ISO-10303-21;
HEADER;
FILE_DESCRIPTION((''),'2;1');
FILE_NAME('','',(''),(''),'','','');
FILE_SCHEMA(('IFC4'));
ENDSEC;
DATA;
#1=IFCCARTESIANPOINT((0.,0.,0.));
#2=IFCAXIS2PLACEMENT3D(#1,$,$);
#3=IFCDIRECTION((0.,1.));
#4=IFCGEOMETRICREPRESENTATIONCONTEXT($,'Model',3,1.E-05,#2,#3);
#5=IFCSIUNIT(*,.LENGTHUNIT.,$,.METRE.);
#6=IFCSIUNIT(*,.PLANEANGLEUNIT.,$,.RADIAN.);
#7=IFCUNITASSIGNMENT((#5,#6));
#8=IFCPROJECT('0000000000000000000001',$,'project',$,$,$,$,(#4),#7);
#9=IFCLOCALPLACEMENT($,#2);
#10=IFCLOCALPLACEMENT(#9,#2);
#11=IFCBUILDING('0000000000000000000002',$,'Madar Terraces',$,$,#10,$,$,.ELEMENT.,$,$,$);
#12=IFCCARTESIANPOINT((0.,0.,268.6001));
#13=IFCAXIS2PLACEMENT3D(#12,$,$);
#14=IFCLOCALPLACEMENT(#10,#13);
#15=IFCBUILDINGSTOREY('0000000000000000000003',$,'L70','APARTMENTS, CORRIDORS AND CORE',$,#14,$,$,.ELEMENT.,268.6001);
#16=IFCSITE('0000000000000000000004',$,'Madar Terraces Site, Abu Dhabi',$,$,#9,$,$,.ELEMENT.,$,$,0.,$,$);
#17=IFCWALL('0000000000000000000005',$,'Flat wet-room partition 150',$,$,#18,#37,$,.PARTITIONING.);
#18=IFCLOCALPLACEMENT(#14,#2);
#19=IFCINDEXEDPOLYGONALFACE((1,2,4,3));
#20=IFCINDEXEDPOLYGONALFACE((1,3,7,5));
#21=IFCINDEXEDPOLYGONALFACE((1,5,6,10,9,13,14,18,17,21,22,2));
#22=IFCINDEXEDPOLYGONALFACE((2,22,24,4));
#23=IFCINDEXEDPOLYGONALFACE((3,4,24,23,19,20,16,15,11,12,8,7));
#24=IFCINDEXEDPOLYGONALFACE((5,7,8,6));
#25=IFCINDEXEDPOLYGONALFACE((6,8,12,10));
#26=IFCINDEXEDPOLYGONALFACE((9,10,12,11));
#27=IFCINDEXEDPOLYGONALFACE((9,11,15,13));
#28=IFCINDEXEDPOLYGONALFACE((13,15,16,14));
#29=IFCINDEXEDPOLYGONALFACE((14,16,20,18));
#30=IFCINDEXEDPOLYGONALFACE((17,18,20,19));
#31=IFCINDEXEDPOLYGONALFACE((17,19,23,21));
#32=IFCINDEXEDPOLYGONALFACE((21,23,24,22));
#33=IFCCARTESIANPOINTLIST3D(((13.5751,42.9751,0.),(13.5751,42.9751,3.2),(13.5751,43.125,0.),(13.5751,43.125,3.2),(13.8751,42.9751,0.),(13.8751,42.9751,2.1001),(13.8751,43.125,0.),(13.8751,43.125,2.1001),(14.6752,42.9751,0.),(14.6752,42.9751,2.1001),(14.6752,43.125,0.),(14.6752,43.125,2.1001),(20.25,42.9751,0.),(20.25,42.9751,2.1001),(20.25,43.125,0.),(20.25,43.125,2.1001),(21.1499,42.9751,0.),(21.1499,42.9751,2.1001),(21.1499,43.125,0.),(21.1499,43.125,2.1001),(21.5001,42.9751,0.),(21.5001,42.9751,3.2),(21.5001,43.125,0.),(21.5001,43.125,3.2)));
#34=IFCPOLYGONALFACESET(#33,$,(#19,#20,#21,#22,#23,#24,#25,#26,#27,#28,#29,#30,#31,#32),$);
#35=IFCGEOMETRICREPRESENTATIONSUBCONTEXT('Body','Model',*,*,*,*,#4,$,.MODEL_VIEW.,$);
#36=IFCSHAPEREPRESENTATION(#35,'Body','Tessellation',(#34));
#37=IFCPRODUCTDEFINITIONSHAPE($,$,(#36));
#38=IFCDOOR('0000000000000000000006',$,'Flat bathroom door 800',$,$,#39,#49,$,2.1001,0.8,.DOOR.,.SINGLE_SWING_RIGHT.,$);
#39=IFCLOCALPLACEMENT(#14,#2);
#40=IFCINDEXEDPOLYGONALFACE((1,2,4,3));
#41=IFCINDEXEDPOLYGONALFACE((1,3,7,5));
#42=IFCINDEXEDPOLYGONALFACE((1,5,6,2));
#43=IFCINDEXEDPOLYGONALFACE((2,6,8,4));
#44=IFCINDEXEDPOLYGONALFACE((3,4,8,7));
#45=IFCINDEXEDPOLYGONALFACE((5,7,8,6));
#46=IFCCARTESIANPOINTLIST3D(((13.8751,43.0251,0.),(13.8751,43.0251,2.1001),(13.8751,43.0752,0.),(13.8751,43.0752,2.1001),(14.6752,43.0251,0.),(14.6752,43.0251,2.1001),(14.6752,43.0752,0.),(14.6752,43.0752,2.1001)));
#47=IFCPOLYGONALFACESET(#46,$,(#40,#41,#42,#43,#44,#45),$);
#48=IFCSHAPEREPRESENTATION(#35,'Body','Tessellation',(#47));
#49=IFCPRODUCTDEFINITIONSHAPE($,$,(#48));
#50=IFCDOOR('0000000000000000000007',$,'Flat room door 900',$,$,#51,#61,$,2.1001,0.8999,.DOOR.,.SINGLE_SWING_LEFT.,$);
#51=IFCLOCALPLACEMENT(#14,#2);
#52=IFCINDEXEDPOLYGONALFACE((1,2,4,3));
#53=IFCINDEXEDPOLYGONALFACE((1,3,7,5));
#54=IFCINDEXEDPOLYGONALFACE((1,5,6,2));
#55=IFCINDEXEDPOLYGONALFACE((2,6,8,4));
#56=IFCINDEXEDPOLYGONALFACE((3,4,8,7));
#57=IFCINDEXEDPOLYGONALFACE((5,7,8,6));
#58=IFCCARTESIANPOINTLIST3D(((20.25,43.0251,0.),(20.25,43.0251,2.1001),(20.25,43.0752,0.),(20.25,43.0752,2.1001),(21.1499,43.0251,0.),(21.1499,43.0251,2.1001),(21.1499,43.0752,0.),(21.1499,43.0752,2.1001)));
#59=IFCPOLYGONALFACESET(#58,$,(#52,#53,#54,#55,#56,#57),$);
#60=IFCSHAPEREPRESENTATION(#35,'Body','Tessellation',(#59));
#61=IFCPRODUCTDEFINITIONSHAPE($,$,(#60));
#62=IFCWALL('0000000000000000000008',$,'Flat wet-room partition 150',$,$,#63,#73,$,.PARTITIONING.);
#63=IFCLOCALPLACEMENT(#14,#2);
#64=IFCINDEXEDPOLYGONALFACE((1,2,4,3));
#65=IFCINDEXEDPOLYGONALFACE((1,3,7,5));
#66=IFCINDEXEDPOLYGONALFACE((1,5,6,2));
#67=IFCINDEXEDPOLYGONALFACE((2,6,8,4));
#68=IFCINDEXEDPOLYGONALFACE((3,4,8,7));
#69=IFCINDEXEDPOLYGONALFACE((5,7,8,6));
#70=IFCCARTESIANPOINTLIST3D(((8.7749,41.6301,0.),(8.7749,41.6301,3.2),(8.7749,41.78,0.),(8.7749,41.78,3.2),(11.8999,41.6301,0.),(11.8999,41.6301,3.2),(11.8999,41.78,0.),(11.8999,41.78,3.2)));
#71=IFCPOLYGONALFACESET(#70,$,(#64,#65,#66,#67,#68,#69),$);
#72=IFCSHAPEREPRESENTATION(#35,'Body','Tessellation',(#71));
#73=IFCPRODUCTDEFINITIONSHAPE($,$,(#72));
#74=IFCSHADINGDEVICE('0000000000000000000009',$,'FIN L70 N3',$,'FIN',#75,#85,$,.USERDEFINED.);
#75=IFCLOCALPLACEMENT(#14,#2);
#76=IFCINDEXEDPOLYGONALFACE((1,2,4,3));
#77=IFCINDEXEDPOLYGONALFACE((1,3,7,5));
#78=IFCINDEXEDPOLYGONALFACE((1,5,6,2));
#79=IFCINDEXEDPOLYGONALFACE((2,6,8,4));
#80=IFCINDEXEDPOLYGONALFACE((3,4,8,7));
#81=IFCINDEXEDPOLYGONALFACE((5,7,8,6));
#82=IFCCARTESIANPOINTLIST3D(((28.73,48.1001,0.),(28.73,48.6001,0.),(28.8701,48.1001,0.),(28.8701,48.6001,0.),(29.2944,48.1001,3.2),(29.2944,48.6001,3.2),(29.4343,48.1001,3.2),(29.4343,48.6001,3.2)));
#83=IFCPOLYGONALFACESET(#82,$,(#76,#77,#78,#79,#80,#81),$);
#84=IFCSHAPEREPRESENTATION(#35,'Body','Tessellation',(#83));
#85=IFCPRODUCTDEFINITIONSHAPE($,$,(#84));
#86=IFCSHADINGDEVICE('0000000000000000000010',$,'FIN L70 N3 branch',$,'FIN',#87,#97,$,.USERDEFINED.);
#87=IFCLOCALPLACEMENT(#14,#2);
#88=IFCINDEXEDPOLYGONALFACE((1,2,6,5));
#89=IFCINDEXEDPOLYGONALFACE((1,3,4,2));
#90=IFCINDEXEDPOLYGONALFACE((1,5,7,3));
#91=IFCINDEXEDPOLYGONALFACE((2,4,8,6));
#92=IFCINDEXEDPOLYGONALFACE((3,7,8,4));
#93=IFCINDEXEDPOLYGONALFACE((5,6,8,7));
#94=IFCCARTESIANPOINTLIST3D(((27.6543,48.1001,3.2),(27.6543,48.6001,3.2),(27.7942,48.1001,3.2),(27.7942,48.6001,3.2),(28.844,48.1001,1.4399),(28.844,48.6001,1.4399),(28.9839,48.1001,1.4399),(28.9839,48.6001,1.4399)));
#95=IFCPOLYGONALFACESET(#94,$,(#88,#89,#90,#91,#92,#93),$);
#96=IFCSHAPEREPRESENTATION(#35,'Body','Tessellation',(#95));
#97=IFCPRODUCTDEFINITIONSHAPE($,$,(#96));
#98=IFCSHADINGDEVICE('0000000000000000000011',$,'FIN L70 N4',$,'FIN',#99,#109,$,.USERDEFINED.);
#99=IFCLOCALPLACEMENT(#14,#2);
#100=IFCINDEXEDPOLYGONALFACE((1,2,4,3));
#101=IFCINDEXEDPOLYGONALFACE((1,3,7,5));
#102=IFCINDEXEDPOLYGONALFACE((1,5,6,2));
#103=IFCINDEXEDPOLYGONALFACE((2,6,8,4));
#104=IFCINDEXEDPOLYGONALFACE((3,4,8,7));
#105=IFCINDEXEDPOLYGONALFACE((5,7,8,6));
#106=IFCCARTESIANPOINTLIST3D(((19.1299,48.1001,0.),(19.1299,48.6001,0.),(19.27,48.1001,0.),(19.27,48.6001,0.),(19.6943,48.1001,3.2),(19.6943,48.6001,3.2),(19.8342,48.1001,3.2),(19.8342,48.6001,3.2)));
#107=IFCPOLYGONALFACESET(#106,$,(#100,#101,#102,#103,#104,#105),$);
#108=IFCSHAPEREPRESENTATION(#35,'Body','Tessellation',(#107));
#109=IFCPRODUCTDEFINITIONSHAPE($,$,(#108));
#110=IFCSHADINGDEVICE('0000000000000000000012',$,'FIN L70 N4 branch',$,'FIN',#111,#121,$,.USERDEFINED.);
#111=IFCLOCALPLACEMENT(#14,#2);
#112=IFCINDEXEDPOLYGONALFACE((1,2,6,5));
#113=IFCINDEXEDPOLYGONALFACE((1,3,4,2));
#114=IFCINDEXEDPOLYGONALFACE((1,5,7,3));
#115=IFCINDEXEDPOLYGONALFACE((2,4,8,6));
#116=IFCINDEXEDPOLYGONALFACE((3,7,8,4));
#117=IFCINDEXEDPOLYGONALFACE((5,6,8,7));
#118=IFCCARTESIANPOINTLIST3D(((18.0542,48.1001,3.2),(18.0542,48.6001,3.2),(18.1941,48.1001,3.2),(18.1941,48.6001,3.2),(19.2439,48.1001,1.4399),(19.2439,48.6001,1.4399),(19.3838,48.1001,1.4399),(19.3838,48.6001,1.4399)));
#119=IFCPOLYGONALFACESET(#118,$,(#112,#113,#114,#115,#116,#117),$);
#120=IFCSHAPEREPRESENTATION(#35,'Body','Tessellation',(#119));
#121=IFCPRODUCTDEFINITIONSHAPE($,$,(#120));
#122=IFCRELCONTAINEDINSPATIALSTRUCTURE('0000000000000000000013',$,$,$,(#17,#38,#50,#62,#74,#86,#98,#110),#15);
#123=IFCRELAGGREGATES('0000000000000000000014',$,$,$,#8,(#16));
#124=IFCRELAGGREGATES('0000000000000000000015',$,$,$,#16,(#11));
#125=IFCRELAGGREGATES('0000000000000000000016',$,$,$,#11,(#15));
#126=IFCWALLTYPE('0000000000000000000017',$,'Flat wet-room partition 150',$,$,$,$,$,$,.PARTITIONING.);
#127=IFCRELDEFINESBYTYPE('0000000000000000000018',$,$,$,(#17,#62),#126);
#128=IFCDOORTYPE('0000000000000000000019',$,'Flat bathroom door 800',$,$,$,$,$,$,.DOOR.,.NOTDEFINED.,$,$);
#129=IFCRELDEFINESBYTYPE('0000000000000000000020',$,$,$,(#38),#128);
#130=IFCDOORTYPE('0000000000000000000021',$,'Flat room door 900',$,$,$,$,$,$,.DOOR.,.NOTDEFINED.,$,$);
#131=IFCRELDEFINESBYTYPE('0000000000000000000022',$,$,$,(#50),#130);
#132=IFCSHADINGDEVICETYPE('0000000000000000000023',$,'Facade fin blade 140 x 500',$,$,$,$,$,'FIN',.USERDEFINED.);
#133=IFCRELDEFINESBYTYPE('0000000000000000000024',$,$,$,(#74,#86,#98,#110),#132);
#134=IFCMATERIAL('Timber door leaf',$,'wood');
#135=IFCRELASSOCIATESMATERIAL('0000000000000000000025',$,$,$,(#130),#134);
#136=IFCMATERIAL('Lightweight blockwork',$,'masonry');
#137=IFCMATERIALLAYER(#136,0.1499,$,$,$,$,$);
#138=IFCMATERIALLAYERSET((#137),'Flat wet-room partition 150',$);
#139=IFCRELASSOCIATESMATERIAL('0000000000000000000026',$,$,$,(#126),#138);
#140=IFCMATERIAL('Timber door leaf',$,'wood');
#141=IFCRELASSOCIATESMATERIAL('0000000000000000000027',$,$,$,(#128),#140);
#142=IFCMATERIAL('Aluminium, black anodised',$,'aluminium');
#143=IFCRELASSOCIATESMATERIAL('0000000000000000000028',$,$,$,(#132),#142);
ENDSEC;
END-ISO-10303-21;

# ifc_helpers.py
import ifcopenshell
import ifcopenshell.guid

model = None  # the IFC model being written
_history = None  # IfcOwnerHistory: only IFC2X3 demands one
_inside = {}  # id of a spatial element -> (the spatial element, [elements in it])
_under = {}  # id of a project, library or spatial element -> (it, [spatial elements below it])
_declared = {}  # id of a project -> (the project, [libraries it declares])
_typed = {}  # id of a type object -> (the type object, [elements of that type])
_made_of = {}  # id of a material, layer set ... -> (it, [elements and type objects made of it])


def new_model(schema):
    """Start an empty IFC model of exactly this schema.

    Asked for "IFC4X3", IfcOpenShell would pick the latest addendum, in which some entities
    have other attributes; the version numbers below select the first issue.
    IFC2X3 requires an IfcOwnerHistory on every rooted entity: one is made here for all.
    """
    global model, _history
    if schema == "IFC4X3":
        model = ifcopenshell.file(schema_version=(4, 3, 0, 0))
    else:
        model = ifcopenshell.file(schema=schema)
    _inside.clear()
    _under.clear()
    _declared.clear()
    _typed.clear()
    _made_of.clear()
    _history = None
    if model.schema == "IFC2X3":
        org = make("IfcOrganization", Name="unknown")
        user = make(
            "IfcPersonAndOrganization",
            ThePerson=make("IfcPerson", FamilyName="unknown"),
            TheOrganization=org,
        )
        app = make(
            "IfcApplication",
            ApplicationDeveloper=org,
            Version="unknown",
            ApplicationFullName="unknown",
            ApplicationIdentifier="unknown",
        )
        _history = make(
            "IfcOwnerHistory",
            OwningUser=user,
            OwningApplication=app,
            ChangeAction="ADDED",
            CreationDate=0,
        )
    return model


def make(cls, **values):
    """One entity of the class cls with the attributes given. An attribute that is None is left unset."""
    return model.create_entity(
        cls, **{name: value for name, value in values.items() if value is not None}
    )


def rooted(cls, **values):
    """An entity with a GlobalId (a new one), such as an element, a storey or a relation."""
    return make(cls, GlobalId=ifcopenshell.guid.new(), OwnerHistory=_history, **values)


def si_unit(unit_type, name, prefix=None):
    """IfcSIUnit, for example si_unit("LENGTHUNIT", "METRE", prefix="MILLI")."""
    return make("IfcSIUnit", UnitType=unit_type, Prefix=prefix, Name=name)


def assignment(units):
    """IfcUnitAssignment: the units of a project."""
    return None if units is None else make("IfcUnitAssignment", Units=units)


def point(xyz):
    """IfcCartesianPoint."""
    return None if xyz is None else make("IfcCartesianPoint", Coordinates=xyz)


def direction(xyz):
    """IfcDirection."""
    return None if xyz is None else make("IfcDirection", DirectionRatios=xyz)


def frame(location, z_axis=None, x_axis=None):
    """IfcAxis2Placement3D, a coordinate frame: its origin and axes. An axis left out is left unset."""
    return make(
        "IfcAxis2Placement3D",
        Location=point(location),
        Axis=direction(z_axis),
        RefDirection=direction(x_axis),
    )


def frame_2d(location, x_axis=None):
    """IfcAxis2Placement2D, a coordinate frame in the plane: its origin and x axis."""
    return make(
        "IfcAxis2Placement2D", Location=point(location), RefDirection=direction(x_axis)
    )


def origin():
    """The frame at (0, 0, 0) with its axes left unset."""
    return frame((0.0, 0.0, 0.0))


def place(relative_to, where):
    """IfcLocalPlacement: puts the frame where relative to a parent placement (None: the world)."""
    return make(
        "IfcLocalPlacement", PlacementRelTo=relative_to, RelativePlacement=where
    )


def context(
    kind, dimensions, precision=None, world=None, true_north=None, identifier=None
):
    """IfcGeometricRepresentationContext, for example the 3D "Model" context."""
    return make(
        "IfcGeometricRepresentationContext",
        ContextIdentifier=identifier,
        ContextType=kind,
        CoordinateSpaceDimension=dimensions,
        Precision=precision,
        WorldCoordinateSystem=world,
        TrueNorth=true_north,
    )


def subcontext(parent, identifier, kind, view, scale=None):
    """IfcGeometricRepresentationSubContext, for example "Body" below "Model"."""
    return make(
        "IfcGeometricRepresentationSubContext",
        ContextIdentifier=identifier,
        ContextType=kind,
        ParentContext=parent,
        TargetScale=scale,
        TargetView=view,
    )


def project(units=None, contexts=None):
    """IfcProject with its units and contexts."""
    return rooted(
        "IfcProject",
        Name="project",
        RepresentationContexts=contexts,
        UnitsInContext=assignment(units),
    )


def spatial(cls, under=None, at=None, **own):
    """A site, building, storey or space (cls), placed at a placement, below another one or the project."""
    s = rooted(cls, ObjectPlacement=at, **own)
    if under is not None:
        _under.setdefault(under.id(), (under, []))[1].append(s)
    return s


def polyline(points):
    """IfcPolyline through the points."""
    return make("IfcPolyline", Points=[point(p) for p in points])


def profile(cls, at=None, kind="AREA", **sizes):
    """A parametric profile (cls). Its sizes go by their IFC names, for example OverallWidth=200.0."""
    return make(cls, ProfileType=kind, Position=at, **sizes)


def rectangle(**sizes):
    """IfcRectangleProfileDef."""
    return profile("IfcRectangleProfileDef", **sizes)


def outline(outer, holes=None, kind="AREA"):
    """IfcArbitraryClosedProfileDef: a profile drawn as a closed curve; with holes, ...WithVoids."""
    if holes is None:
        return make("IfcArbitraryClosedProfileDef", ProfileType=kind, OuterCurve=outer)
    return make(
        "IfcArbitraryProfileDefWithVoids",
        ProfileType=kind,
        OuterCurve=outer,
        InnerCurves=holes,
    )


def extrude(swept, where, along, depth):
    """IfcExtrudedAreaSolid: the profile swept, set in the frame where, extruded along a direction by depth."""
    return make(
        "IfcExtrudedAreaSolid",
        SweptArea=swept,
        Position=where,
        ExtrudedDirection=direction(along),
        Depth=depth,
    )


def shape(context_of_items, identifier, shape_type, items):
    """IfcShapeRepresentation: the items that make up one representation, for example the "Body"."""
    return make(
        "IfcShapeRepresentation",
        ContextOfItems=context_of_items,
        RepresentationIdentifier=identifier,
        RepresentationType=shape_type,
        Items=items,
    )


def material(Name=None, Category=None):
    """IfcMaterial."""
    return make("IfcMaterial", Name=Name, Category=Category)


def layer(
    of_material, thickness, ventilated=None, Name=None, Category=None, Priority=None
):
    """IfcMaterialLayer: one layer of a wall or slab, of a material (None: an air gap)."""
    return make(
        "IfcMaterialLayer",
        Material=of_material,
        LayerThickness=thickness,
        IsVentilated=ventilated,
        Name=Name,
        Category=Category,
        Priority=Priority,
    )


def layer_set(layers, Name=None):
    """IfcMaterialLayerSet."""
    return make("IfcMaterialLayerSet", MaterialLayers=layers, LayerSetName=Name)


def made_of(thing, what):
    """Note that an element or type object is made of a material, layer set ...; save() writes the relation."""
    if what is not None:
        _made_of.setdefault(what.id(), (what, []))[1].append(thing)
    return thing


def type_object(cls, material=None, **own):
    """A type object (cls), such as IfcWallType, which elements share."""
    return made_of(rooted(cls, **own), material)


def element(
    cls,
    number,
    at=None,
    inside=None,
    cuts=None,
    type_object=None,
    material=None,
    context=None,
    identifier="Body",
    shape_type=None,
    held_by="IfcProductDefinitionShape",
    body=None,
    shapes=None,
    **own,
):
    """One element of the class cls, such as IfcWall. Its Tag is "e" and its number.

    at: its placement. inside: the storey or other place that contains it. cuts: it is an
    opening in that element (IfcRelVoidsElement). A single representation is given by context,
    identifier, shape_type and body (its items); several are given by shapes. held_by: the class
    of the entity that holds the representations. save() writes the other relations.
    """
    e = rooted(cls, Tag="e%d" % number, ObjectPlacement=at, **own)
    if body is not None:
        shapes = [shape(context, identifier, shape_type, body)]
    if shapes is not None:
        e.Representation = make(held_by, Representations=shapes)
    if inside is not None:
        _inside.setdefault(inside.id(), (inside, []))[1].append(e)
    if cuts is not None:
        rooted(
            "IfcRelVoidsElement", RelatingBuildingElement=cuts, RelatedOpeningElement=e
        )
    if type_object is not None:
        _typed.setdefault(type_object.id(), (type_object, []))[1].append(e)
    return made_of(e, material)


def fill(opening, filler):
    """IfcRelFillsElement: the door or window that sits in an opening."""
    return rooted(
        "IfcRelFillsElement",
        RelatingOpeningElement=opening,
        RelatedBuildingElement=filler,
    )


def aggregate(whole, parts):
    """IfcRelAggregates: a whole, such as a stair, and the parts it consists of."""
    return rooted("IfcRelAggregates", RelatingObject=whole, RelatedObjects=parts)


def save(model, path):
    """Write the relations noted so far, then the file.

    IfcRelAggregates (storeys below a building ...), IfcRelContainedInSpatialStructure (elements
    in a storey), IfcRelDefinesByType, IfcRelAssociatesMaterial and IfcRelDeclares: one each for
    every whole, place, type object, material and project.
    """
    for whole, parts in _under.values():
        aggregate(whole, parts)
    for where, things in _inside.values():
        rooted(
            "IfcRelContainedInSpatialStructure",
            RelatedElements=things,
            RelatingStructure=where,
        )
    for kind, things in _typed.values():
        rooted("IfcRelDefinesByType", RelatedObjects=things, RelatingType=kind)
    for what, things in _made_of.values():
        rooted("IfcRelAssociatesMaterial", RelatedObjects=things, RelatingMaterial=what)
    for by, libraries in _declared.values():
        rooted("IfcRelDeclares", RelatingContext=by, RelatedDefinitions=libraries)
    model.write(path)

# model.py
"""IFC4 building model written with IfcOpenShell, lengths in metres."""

from ifc_helpers import new_model, si_unit, direction, frame, frame_2d, origin, place, context, subcontext, project, spatial, polyline, rectangle, outline, extrude, material, layer, layer_set, type_object, element, fill, save


model = new_model("IFC4")

# Units and contexts
model_context = context("Model", 3, precision=1e-05, world=origin(), true_north=direction((0.0, 1.0)))
body_context = subcontext(model_context, "Body", "Model", "MODEL_VIEW")
ifc_project = project(units=[si_unit("LENGTHUNIT", "METRE"), si_unit("PLANEANGLEUNIT", "RADIAN")], contexts=[model_context])

# Site, building, storey
site_placement = place(None, origin())
site = spatial("IfcSite", under=ifc_project, at=site_placement, Name="Madar Terraces Site, Abu Dhabi", CompositionType="ELEMENT", RefElevation=0.0)
building_placement = place(site_placement, origin())
building = spatial("IfcBuilding", under=site, at=building_placement, Name="Madar Terraces", CompositionType="ELEMENT")
storey_placement = place(building_placement, frame((0.0, 0.0, 268.6001)))
storey = spatial("IfcBuildingStorey", under=building, at=storey_placement, Name="L70", Description="APARTMENTS, CORRIDORS AND CORE", CompositionType="ELEMENT", Elevation=268.6001)

# Shared definitions
ifc_material_1 = material(Name="Timber door leaf", Category="wood")
door_type_1 = type_object("IfcDoorType", Name="Flat room door 900", OperationType="NOTDEFINED", PredefinedType="DOOR", material=ifc_material_1)

# Wall, openings, doors
ifc_material_2 = material(Name="Lightweight blockwork", Category="masonry")
ifc_layer_1 = layer(ifc_material_2, 0.1499)
ifc_layer_set_1 = layer_set([ifc_layer_1], Name="Flat wet-room partition 150")
wall_type_1 = type_object("IfcWallType", Name="Flat wet-room partition 150", PredefinedType="PARTITIONING", material=ifc_layer_set_1)
wall_1_placement = place(storey_placement, frame((21.5, 43.05, 0.0), z_axis=(0.0, 0.0, 1.0), x_axis=(-1.0, 0.0, 0.0)))
wall_1 = element("IfcWall", 1, at=wall_1_placement, inside=storey, type_object=wall_type_1, Name="Flat wet-room partition 150", PredefinedType="PARTITIONING", context=body_context, shape_type="SweptSolid", body=[
    extrude(rectangle(XDim=7.925, YDim=0.1499, at=frame_2d((3.9624, 0.0))), origin(), (0.0, 0.0, 1.0), 3.2),
])
opening_1_placement = place(wall_1_placement, frame((6.825, 0.0, 0.0)))
opening_1 = element("IfcOpeningElement", 2, at=opening_1_placement, cuts=wall_1, PredefinedType="OPENING", context=body_context, shape_type="SweptSolid", body=[
    extrude(rectangle(XDim=0.8, YDim=2.1001, at=frame_2d((0.3999, 1.05))), frame((0.0, 0.085, 0.0), z_axis=(0.0, -1.0, 0.0), x_axis=(1.0, 0.0, 0.0)), (0.0, 0.0, 1.0), 0.1699),
])
opening_2_placement = place(wall_1_placement, frame((0.3501, 0.0, 0.0)))
opening_2 = element("IfcOpeningElement", 3, at=opening_2_placement, cuts=wall_1, PredefinedType="OPENING", context=body_context, shape_type="SweptSolid", body=[
    extrude(rectangle(XDim=0.8999, YDim=2.1001, at=frame_2d((0.45, 1.05))), frame((0.0, 0.085, 0.0), z_axis=(0.0, -1.0, 0.0), x_axis=(1.0, 0.0, 0.0)), (0.0, 0.0, 1.0), 0.1699),
])
ifc_material_3 = material(Name="Timber door leaf", Category="wood")
door_type_2 = type_object("IfcDoorType", Name="Flat bathroom door 800", OperationType="NOTDEFINED", PredefinedType="DOOR", material=ifc_material_3)
door_1_placement = place(opening_1_placement, origin())
door_1 = element("IfcDoor", 4, at=door_1_placement, inside=storey, type_object=door_type_2, Name="Flat bathroom door 800", OperationType="SINGLE_SWING_RIGHT", OverallHeight=2.1001, OverallWidth=0.8, PredefinedType="DOOR", context=body_context, shape_type="SweptSolid", body=[
    extrude(rectangle(XDim=0.8, YDim=2.1001, at=frame_2d((0.3999, 1.05))), frame((0.0, 0.0249, 0.0), z_axis=(0.0, -1.0, 0.0), x_axis=(1.0, 0.0, 0.0)), (0.0, 0.0, 1.0), 0.05),
])
fill(opening_1, door_1)
door_2_placement = place(opening_2_placement, origin())
door_2 = element("IfcDoor", 5, at=door_2_placement, inside=storey, type_object=door_type_1, Name="Flat room door 900", OperationType="SINGLE_SWING_LEFT", OverallHeight=2.1001, OverallWidth=0.8999, PredefinedType="DOOR", context=body_context, shape_type="SweptSolid", body=[
    extrude(rectangle(XDim=0.8999, YDim=2.1001, at=frame_2d((0.45, 1.05))), frame((0.0, 0.0249, 0.0), z_axis=(0.0, -1.0, 0.0), x_axis=(1.0, 0.0, 0.0)), (0.0, 0.0, 1.0), 0.05),
])
fill(opening_2, door_2)

# Wall
wall_2_placement = place(storey_placement, frame((11.8999, 41.7051, 0.0), z_axis=(0.0, 0.0, 1.0), x_axis=(-1.0, 0.0, 0.0)))
element("IfcWall", 6, at=wall_2_placement, inside=storey, type_object=wall_type_1, Name="Flat wet-room partition 150", PredefinedType="PARTITIONING", context=body_context, shape_type="SweptSolid", body=[
    extrude(rectangle(XDim=3.125, YDim=0.1499, at=frame_2d((1.5625, 0.0))), origin(), (0.0, 0.0, 1.0), 3.2),
])

# Shading devices
ifc_material_4 = material(Name="Aluminium, black anodised", Category="aluminium")
shading_device_type = type_object("IfcShadingDeviceType", Name="Facade fin blade 140 x 500", ElementType="FIN", PredefinedType="USERDEFINED", material=ifc_material_4)
shading_device_1_placement = place(storey_placement, frame((28.8701, 48.3501, 0.0), z_axis=(0.0, 0.0, 1.0), x_axis=(-1.0, 0.0, 0.0)))
element("IfcShadingDevice", 7, at=shading_device_1_placement, inside=storey, type_object=shading_device_type, Name="FIN L70 N3", ObjectType="FIN", PredefinedType="USERDEFINED", context=body_context, shape_type="SweptSolid", body=[
    extrude(outline(polyline([(0.0, 0.0), (0.1401, 0.0), (-0.4243, 3.2), (-0.5642, 3.2), (0.0, 0.0)])), frame((0.0, 0.25, 0.0), z_axis=(0.0, -1.0, 0.0), x_axis=(1.0, 0.0, 0.0)), (0.0, 0.0, 1.0), 0.5),
])
shading_device_2_placement = place(storey_placement, frame((28.9839, 48.3501, 1.4399), z_axis=(0.0, 0.0, 1.0), x_axis=(-1.0, 0.0, 0.0)))
element("IfcShadingDevice", 8, at=shading_device_2_placement, inside=storey, type_object=shading_device_type, Name="FIN L70 N3 branch", ObjectType="FIN", PredefinedType="USERDEFINED", context=body_context, shape_type="SweptSolid", body=[
    extrude(outline(polyline([(0.0, 0.0), (0.1399, 0.0), (1.3296, 1.76), (1.1897, 1.76), (0.0, 0.0)])), frame((0.0, 0.25, 0.0), z_axis=(0.0, -1.0, 0.0), x_axis=(1.0, 0.0, 0.0)), (0.0, 0.0, 1.0), 0.5),
])
shading_device_3_placement = place(storey_placement, frame((19.27, 48.3501, 0.0), z_axis=(0.0, 0.0, 1.0), x_axis=(-1.0, 0.0, 0.0)))
element("IfcShadingDevice", 9, at=shading_device_3_placement, inside=storey, type_object=shading_device_type, Name="FIN L70 N4", ObjectType="FIN", PredefinedType="USERDEFINED", context=body_context, shape_type="SweptSolid", body=[
    extrude(outline(polyline([(0.0, 0.0), (0.1401, 0.0), (-0.4243, 3.2), (-0.5642, 3.2), (0.0, 0.0)])), frame((0.0, 0.25, 0.0), z_axis=(0.0, -1.0, 0.0), x_axis=(1.0, 0.0, 0.0)), (0.0, 0.0, 1.0), 0.5),
])
shading_device_4_placement = place(storey_placement, frame((19.3838, 48.3501, 1.4399), z_axis=(0.0, 0.0, 1.0), x_axis=(-1.0, 0.0, 0.0)))
element("IfcShadingDevice", 10, at=shading_device_4_placement, inside=storey, type_object=shading_device_type, Name="FIN L70 N4 branch", ObjectType="FIN", PredefinedType="USERDEFINED", context=body_context, shape_type="SweptSolid", body=[
    extrude(outline(polyline([(0.0, 0.0), (0.1399, 0.0), (1.3296, 1.76), (1.1897, 1.76), (0.0, 0.0)])), frame((0.0, 0.25, 0.0), z_axis=(0.0, -1.0, 0.0), x_axis=(1.0, 0.0, 0.0)), (0.0, 0.0, 1.0), 0.5),
])

save(model, "model.ifc")
